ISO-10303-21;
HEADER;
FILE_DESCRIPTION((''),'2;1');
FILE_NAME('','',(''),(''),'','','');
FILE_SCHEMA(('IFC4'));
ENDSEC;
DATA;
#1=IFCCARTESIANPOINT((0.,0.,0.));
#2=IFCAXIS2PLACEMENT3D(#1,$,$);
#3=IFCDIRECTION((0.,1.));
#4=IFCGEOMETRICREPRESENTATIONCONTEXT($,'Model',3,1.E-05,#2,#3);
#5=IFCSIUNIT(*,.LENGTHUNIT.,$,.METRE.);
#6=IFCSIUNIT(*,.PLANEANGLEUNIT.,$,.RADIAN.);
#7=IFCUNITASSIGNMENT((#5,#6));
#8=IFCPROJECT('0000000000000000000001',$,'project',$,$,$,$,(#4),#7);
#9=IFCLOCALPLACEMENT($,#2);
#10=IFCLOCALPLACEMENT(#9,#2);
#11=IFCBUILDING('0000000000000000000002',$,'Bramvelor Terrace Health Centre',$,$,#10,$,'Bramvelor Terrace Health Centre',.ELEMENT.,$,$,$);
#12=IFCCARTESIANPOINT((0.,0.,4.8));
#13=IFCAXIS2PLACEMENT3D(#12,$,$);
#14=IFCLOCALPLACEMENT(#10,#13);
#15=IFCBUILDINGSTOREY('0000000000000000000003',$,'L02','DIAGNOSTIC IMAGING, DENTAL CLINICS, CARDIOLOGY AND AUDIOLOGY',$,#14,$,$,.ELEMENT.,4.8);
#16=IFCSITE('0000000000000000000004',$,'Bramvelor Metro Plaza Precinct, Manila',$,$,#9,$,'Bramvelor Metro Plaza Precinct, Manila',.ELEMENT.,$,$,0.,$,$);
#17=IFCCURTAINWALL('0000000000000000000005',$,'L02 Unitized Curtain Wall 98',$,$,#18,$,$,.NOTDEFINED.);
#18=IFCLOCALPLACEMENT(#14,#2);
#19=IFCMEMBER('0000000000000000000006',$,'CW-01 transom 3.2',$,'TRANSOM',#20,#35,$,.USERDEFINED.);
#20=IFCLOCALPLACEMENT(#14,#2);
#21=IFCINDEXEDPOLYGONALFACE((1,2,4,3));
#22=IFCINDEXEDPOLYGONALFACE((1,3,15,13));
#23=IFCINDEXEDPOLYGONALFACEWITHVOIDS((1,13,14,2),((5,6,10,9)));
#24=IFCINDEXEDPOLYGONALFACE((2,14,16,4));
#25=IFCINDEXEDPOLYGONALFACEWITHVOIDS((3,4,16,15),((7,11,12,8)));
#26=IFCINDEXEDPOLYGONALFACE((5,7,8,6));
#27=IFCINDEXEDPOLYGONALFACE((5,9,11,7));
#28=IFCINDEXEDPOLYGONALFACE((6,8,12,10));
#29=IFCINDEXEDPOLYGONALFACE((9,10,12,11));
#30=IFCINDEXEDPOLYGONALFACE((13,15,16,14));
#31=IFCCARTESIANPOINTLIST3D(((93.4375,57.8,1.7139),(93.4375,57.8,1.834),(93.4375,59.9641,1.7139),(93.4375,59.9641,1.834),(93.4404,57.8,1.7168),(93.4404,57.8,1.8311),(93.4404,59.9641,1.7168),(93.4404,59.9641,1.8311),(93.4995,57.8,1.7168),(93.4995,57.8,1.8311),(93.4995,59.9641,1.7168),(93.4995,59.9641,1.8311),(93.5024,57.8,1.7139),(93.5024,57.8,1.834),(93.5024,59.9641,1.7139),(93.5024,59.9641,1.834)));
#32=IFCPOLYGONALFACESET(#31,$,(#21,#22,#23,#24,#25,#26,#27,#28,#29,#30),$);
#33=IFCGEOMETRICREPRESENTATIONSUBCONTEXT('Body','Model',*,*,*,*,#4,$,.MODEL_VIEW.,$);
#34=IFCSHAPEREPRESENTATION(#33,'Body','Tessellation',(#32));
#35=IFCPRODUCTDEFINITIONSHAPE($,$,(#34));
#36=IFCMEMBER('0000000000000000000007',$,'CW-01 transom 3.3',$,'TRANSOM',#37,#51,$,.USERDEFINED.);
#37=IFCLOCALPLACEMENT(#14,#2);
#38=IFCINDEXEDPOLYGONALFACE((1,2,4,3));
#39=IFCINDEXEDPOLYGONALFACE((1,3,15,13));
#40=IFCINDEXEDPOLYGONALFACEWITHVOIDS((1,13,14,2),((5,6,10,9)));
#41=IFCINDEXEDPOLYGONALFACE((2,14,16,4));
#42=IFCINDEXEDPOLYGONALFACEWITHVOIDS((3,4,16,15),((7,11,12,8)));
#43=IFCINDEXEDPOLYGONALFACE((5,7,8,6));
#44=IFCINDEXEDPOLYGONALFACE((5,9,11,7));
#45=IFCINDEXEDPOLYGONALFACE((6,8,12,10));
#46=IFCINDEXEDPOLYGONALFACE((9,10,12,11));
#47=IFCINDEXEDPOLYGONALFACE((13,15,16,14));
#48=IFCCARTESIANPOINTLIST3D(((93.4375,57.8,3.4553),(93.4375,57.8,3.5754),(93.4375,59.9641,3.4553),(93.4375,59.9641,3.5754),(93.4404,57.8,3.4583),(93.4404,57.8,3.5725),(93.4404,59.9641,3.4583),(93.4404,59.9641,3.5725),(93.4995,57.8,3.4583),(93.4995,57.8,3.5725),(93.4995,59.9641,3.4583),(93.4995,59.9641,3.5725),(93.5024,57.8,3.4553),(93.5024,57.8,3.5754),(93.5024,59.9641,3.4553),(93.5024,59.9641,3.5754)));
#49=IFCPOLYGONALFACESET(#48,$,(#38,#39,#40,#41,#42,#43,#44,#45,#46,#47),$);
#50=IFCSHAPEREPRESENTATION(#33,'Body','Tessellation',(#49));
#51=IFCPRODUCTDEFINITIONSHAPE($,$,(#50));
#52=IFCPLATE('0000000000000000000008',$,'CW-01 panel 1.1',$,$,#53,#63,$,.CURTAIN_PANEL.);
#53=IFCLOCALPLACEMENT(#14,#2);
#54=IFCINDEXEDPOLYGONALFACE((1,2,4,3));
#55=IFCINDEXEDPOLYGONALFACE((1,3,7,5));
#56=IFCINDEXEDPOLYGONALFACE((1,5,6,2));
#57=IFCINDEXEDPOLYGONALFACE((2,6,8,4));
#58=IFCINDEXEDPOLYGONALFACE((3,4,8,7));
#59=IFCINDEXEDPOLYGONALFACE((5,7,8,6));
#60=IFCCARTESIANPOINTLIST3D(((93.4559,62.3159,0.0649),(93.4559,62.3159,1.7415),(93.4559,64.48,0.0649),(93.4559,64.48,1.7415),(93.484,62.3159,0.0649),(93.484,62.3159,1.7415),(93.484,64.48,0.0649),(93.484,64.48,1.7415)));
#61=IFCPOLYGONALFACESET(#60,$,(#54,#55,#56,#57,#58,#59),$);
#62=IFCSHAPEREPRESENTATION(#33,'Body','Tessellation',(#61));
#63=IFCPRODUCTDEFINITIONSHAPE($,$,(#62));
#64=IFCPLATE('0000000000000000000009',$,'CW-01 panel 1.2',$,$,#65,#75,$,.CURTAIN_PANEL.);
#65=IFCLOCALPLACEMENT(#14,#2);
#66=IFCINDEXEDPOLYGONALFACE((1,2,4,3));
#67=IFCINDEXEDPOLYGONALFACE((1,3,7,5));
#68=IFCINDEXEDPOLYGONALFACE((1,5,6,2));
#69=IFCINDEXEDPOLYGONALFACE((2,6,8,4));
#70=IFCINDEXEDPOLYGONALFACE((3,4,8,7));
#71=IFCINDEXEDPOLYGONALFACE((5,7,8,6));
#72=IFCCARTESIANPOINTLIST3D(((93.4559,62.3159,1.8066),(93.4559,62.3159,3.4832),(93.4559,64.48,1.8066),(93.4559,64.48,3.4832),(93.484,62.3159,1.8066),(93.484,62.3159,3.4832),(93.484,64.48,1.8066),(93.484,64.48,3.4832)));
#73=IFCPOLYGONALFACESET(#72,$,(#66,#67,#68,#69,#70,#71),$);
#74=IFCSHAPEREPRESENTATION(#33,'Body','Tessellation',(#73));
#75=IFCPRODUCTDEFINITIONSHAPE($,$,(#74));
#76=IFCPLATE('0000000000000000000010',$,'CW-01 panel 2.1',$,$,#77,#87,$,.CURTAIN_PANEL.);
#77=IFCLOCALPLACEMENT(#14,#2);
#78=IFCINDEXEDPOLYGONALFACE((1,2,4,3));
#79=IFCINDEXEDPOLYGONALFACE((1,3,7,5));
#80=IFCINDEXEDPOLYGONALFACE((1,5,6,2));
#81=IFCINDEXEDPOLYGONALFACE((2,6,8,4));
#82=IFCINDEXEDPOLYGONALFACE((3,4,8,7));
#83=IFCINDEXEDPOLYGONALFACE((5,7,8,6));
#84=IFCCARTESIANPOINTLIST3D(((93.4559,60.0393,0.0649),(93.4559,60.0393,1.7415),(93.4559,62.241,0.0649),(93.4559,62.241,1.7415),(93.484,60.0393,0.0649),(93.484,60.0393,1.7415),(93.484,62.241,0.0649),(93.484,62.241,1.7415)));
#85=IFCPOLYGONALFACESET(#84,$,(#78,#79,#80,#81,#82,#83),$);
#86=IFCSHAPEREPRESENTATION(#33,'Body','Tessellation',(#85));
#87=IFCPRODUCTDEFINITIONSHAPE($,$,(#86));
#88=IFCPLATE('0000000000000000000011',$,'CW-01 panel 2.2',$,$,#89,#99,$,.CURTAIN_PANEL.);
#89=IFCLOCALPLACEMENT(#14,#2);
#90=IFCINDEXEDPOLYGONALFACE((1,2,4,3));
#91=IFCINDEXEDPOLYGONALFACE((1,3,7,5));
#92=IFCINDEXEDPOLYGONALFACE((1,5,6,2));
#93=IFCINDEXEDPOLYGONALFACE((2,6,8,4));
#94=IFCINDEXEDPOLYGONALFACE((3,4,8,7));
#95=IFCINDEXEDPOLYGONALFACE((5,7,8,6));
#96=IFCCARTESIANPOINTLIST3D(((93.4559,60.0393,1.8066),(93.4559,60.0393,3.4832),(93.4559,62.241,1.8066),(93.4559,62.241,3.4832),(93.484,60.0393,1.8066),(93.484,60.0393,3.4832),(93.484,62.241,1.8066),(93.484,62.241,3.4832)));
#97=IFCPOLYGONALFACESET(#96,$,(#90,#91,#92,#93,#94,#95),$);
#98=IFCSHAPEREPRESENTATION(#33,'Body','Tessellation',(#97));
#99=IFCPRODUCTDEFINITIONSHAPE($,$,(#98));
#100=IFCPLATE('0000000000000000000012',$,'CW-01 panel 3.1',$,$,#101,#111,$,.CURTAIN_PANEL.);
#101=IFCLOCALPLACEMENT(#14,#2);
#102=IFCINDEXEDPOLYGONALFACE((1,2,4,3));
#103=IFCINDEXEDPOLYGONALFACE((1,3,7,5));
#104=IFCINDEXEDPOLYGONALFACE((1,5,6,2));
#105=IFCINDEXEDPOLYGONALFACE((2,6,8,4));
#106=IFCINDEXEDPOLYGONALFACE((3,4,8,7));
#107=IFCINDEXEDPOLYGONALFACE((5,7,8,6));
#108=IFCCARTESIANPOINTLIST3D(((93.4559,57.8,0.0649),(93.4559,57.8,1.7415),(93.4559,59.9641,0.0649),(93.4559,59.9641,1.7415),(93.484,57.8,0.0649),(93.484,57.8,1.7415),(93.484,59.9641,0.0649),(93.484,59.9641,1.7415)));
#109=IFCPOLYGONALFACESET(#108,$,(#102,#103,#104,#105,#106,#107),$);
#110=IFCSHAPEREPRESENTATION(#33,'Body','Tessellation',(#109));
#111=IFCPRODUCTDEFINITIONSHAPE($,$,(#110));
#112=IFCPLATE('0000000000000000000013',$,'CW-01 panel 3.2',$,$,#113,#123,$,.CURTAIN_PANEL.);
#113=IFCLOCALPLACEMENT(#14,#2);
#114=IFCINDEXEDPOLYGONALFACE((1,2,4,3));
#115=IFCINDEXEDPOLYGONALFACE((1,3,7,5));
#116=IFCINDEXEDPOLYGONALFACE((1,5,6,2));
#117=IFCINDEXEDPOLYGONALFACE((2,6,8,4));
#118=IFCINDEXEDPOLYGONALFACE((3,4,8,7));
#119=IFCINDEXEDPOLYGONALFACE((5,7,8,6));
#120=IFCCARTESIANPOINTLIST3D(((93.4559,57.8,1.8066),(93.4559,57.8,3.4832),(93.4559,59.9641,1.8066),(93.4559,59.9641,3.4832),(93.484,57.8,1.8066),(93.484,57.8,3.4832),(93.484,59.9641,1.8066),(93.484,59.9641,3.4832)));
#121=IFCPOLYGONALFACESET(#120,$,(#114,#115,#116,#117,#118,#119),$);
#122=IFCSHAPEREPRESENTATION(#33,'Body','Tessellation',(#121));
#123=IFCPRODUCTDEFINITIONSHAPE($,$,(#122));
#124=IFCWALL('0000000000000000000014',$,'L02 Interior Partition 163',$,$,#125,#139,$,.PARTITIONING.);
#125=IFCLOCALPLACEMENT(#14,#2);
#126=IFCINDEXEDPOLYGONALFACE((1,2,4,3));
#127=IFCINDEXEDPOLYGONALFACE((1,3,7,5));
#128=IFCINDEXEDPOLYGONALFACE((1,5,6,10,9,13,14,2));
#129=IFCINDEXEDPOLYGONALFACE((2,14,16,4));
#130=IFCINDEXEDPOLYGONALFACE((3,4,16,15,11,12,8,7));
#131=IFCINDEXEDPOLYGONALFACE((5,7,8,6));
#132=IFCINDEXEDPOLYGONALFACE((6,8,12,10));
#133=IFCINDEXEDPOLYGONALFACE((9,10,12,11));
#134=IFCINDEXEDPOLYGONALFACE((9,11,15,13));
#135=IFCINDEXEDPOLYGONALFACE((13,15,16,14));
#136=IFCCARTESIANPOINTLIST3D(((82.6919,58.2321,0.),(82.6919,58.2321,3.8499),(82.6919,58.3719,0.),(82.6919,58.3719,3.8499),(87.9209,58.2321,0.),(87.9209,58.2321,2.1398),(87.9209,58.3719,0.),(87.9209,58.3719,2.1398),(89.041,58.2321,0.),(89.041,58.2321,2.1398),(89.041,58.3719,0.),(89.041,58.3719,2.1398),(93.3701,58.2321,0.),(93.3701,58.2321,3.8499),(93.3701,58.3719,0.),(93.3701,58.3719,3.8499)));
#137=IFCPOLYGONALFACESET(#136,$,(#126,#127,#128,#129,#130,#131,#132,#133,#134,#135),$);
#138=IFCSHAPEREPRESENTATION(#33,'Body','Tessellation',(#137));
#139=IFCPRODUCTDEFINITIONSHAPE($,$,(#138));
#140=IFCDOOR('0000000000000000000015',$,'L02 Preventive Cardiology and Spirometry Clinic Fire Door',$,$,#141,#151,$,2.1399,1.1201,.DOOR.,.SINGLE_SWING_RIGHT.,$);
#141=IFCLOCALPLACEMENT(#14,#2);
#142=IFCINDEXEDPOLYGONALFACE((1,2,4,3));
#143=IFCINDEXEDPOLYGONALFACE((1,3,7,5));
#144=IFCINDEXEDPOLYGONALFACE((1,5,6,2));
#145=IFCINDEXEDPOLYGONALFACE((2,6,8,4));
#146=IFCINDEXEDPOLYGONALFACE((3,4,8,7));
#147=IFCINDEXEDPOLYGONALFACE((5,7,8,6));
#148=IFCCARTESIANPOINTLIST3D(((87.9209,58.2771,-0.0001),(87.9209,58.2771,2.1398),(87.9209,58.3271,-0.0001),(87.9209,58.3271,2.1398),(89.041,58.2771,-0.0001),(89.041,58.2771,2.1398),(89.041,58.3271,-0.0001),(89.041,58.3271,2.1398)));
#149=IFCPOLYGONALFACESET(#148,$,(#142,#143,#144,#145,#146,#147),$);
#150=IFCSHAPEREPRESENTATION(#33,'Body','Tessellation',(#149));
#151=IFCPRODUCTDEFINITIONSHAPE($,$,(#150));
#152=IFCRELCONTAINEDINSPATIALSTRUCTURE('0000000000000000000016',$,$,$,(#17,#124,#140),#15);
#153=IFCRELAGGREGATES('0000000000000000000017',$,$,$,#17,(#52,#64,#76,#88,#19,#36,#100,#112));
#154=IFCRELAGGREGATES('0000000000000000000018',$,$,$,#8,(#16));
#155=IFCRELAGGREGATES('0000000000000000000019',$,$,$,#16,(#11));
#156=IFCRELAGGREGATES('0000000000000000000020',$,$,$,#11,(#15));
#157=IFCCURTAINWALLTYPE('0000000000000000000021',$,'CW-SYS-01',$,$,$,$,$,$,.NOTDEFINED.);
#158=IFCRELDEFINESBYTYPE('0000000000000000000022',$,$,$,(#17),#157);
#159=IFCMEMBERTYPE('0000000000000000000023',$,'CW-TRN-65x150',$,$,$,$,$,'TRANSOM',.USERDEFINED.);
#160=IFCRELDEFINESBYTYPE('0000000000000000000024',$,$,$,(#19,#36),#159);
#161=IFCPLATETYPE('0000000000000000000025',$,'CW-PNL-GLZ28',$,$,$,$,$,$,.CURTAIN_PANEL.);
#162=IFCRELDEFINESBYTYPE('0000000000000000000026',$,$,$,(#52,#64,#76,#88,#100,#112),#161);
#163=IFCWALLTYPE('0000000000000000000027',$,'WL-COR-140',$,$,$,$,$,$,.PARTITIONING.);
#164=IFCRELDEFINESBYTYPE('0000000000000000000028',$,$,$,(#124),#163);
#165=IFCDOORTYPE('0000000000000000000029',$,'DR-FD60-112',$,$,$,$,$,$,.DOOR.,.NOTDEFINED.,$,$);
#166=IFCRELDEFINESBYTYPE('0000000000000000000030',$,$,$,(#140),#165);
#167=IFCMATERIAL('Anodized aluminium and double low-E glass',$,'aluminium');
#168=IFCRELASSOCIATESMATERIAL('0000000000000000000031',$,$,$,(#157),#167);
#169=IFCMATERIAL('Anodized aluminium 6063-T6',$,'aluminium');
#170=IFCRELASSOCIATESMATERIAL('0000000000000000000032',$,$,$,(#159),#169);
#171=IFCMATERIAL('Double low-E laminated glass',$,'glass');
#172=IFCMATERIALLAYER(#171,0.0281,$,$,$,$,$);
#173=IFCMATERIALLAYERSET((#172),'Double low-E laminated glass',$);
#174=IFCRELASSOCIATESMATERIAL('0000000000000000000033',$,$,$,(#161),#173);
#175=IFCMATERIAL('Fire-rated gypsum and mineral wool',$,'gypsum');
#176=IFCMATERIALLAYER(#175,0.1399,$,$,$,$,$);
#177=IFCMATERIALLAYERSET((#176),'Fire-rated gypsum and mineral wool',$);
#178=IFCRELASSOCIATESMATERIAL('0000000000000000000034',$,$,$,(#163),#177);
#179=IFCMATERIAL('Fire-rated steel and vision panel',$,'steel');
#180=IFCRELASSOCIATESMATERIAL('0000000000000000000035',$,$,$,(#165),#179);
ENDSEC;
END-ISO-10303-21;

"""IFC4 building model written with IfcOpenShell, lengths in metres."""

from ifc_helpers import new_model, si_unit, direction, frame, frame_2d, origin, origin_2d, place, context, subcontext, project, spatial, rectangle, hollow_rectangle, extrude, material, layer, layer_set, material_profile, profile_set, type_object, element, fill, aggregate, save


model = new_model("IFC4")

# Units and contexts
model_context = context("Model", 3, precision=1e-05, world=origin(), true_north=direction((0.0, 1.0)))
body_context = subcontext(model_context, "Body", "Model", "MODEL_VIEW")
ifc_project = project(units=[si_unit("LENGTHUNIT", "METRE"), si_unit("PLANEANGLEUNIT", "RADIAN")], contexts=[model_context])

# Site, building, storey
site_placement = place(None, origin())
site = spatial("IfcSite", under=ifc_project, at=site_placement, Name="Bramvelor Metro Plaza Precinct, Manila", LongName="Bramvelor Metro Plaza Precinct, Manila", CompositionType="ELEMENT", RefElevation=0.0)
building_placement = place(site_placement, origin())
building = spatial("IfcBuilding", under=site, at=building_placement, Name="Bramvelor Terrace Health Centre", LongName="Bramvelor Terrace Health Centre", CompositionType="ELEMENT")
storey_placement = place(building_placement, frame((0.0, 0.0, 4.8)))
storey = spatial("IfcBuildingStorey", under=building, at=storey_placement, Name="L02", Description="DIAGNOSTIC IMAGING, DENTAL CLINICS, CARDIOLOGY AND AUDIOLOGY", CompositionType="ELEMENT", Elevation=4.8)

# Curtain wall, members, plates
ifc_material_1 = material(Name="Anodized aluminium and double low-E glass", Category="aluminium")
curtain_wall_type = type_object("IfcCurtainWallType", Name="CW-SYS-01", PredefinedType="NOTDEFINED", material=ifc_material_1)
curtain_wall_placement = place(storey_placement, origin())
curtain_wall = element("IfcCurtainWall", 1, at=curtain_wall_placement, inside=storey, type_object=curtain_wall_type, Name="L02 Unitized Curtain Wall 98", PredefinedType="NOTDEFINED")
ifc_material_2 = material(Name="Anodized aluminium 6063-T6", Category="aluminium")
ifc_material_profile_1 = material_profile(ifc_material_2, hollow_rectangle(XDim=0.0649, YDim=0.1201, WallThickness=0.0029, at=origin_2d()), Name="ALU-TRN 65x120x3.0")
ifc_profile_set_1 = profile_set([ifc_material_profile_1], Name="Anodized aluminium 6063-T6")
member_type_1 = type_object("IfcMemberType", Name="CW-TRN-65x150", ElementType="TRANSOM", PredefinedType="USERDEFINED", material=ifc_profile_set_1)
member_1_placement = place(storey_placement, frame((93.47, 59.9641, 1.7739), z_axis=(0.0, -1.0, 0.0), x_axis=(1.0, 0.0, 0.0)))
member_1 = element("IfcMember", 2, at=member_1_placement, type_object=member_type_1, Name="CW-01 transom 3.2", ObjectType="TRANSOM", PredefinedType="USERDEFINED", context=body_context, shape_type="SweptSolid", body=[
    extrude(hollow_rectangle(XDim=0.0649, YDim=0.1201, WallThickness=0.0029, at=origin_2d()), origin(), (0.0, 0.0, 1.0), 2.1641),
])
member_2_placement = place(storey_placement, frame((93.47, 59.9641, 3.5154), z_axis=(0.0, -1.0, 0.0), x_axis=(1.0, 0.0, 0.0)))
member_2 = element("IfcMember", 3, at=member_2_placement, type_object=member_type_1, Name="CW-01 transom 3.3", ObjectType="TRANSOM", PredefinedType="USERDEFINED", context=body_context, shape_type="SweptSolid", body=[
    extrude(hollow_rectangle(XDim=0.0649, YDim=0.1201, WallThickness=0.0029, at=origin_2d()), origin(), (0.0, 0.0, 1.0), 2.1641),
])
ifc_material_3 = material(Name="Double low-E laminated glass", Category="glass")
ifc_layer_1 = layer(ifc_material_3, 0.0281)
ifc_layer_set_1 = layer_set([ifc_layer_1], Name="Double low-E laminated glass")
plate_type = type_object("IfcPlateType", Name="CW-PNL-GLZ28", PredefinedType="CURTAIN_PANEL", material=ifc_layer_set_1)
plate_1_placement = place(storey_placement, frame((93.47, 63.3979, 0.0649), z_axis=(0.0, 0.0, 1.0), x_axis=(0.0, -1.0, 0.0)))
plate_1 = element("IfcPlate", 4, at=plate_1_placement, type_object=plate_type, Name="CW-01 panel 1.1", PredefinedType="CURTAIN_PANEL", context=body_context, shape_type="SweptSolid", body=[
    extrude(rectangle(XDim=2.1641, YDim=0.0281, at=origin_2d()), origin(), (0.0, 0.0, 1.0), 1.6765),
])
plate_2_placement = place(storey_placement, frame((93.47, 63.3979, 1.8066), z_axis=(0.0, 0.0, 1.0), x_axis=(0.0, -1.0, 0.0)))
plate_2 = element("IfcPlate", 5, at=plate_2_placement, type_object=plate_type, Name="CW-01 panel 1.2", PredefinedType="CURTAIN_PANEL", context=body_context, shape_type="SweptSolid", body=[
    extrude(rectangle(XDim=2.1641, YDim=0.0281, at=origin_2d()), origin(), (0.0, 0.0, 1.0), 1.6765),
])
plate_3_placement = place(storey_placement, frame((93.47, 61.1401, 0.0649), z_axis=(0.0, 0.0, 1.0), x_axis=(0.0, -1.0, 0.0)))
plate_3 = element("IfcPlate", 6, at=plate_3_placement, type_object=plate_type, Name="CW-01 panel 2.1", PredefinedType="CURTAIN_PANEL", context=body_context, shape_type="SweptSolid", body=[
    extrude(rectangle(XDim=2.2017, YDim=0.0281, at=origin_2d()), origin(), (0.0, 0.0, 1.0), 1.6765),
])
plate_4_placement = place(storey_placement, frame((93.47, 61.1401, 1.8066), z_axis=(0.0, 0.0, 1.0), x_axis=(0.0, -1.0, 0.0)))
plate_4 = element("IfcPlate", 7, at=plate_4_placement, type_object=plate_type, Name="CW-01 panel 2.2", PredefinedType="CURTAIN_PANEL", context=body_context, shape_type="SweptSolid", body=[
    extrude(rectangle(XDim=2.2017, YDim=0.0281, at=origin_2d()), origin(), (0.0, 0.0, 1.0), 1.6765),
])
plate_5_placement = place(storey_placement, frame((93.47, 58.8821, 0.0649), z_axis=(0.0, 0.0, 1.0), x_axis=(0.0, -1.0, 0.0)))
plate_5 = element("IfcPlate", 8, at=plate_5_placement, type_object=plate_type, Name="CW-01 panel 3.1", PredefinedType="CURTAIN_PANEL", context=body_context, shape_type="SweptSolid", body=[
    extrude(rectangle(XDim=2.1641, YDim=0.0281, at=origin_2d()), origin(), (0.0, 0.0, 1.0), 1.6765),
])
plate_6_placement = place(storey_placement, frame((93.47, 58.8821, 1.8066), z_axis=(0.0, 0.0, 1.0), x_axis=(0.0, -1.0, 0.0)))
plate_6 = element("IfcPlate", 9, at=plate_6_placement, type_object=plate_type, Name="CW-01 panel 3.2", PredefinedType="CURTAIN_PANEL", context=body_context, shape_type="SweptSolid", body=[
    extrude(rectangle(XDim=2.1641, YDim=0.0281, at=origin_2d()), origin(), (0.0, 0.0, 1.0), 1.6765),
])
aggregate(curtain_wall, [plate_1, plate_2, plate_3, plate_4, member_1, member_2, plate_5, plate_6])

# Wall, opening, door
ifc_material_4 = material(Name="Fire-rated gypsum and mineral wool", Category="gypsum")
ifc_layer_2 = layer(ifc_material_4, 0.1399)
ifc_layer_set_2 = layer_set([ifc_layer_2], Name="Fire-rated gypsum and mineral wool")
wall_type = type_object("IfcWallType", Name="WL-COR-140", PredefinedType="PARTITIONING", material=ifc_layer_set_2)
wall_placement = place(storey_placement, frame((93.3701, 58.302, 0.0), z_axis=(0.0, 0.0, 1.0), x_axis=(-1.0, 0.0, 0.0)))
wall = element("IfcWall", 10, at=wall_placement, inside=storey, type_object=wall_type, Name="L02 Interior Partition 163", PredefinedType="PARTITIONING", context=body_context, shape_type="SweptSolid", body=[
    extrude(rectangle(XDim=10.6782, YDim=0.1399, at=frame_2d((5.3391, 0.0))), origin(), (0.0, 0.0, 1.0), 3.8499),
])
opening_placement = place(wall_placement, frame((4.3291, 0.0, 0.0)))
opening = element("IfcOpeningElement", 11, at=opening_placement, cuts=wall, PredefinedType="OPENING", context=body_context, shape_type="SweptSolid", body=[
    extrude(rectangle(XDim=1.1201, YDim=2.1399, at=frame_2d((0.5601, 1.0698))), frame((0.0, 0.0798, 0.0), z_axis=(0.0, -1.0, 0.0), x_axis=(1.0, 0.0, 0.0)), (0.0, 0.0, 1.0), 0.1599),
])
ifc_material_5 = material(Name="Fire-rated steel and vision panel", Category="steel")
door_type = type_object("IfcDoorType", Name="DR-FD60-112", OperationType="NOTDEFINED", PredefinedType="DOOR", material=ifc_material_5)
door_placement = place(opening_placement, origin())
door = element("IfcDoor", 12, at=door_placement, inside=storey, type_object=door_type, Name="L02 Preventive Cardiology and Spirometry Clinic Fire Door", OperationType="SINGLE_SWING_RIGHT", OverallHeight=2.1399, OverallWidth=1.1201, PredefinedType="DOOR", context=body_context, shape_type="SweptSolid", body=[
    extrude(rectangle(XDim=1.1201, YDim=2.1399, at=frame_2d((0.5601, 1.0698))), frame((0.0, 0.0249, 0.0), z_axis=(0.0, -1.0, 0.0), x_axis=(1.0, 0.0, 0.0)), (0.0, 0.0, 1.0), 0.05),
])
fill(opening, door)

save(model, "model.ifc")
